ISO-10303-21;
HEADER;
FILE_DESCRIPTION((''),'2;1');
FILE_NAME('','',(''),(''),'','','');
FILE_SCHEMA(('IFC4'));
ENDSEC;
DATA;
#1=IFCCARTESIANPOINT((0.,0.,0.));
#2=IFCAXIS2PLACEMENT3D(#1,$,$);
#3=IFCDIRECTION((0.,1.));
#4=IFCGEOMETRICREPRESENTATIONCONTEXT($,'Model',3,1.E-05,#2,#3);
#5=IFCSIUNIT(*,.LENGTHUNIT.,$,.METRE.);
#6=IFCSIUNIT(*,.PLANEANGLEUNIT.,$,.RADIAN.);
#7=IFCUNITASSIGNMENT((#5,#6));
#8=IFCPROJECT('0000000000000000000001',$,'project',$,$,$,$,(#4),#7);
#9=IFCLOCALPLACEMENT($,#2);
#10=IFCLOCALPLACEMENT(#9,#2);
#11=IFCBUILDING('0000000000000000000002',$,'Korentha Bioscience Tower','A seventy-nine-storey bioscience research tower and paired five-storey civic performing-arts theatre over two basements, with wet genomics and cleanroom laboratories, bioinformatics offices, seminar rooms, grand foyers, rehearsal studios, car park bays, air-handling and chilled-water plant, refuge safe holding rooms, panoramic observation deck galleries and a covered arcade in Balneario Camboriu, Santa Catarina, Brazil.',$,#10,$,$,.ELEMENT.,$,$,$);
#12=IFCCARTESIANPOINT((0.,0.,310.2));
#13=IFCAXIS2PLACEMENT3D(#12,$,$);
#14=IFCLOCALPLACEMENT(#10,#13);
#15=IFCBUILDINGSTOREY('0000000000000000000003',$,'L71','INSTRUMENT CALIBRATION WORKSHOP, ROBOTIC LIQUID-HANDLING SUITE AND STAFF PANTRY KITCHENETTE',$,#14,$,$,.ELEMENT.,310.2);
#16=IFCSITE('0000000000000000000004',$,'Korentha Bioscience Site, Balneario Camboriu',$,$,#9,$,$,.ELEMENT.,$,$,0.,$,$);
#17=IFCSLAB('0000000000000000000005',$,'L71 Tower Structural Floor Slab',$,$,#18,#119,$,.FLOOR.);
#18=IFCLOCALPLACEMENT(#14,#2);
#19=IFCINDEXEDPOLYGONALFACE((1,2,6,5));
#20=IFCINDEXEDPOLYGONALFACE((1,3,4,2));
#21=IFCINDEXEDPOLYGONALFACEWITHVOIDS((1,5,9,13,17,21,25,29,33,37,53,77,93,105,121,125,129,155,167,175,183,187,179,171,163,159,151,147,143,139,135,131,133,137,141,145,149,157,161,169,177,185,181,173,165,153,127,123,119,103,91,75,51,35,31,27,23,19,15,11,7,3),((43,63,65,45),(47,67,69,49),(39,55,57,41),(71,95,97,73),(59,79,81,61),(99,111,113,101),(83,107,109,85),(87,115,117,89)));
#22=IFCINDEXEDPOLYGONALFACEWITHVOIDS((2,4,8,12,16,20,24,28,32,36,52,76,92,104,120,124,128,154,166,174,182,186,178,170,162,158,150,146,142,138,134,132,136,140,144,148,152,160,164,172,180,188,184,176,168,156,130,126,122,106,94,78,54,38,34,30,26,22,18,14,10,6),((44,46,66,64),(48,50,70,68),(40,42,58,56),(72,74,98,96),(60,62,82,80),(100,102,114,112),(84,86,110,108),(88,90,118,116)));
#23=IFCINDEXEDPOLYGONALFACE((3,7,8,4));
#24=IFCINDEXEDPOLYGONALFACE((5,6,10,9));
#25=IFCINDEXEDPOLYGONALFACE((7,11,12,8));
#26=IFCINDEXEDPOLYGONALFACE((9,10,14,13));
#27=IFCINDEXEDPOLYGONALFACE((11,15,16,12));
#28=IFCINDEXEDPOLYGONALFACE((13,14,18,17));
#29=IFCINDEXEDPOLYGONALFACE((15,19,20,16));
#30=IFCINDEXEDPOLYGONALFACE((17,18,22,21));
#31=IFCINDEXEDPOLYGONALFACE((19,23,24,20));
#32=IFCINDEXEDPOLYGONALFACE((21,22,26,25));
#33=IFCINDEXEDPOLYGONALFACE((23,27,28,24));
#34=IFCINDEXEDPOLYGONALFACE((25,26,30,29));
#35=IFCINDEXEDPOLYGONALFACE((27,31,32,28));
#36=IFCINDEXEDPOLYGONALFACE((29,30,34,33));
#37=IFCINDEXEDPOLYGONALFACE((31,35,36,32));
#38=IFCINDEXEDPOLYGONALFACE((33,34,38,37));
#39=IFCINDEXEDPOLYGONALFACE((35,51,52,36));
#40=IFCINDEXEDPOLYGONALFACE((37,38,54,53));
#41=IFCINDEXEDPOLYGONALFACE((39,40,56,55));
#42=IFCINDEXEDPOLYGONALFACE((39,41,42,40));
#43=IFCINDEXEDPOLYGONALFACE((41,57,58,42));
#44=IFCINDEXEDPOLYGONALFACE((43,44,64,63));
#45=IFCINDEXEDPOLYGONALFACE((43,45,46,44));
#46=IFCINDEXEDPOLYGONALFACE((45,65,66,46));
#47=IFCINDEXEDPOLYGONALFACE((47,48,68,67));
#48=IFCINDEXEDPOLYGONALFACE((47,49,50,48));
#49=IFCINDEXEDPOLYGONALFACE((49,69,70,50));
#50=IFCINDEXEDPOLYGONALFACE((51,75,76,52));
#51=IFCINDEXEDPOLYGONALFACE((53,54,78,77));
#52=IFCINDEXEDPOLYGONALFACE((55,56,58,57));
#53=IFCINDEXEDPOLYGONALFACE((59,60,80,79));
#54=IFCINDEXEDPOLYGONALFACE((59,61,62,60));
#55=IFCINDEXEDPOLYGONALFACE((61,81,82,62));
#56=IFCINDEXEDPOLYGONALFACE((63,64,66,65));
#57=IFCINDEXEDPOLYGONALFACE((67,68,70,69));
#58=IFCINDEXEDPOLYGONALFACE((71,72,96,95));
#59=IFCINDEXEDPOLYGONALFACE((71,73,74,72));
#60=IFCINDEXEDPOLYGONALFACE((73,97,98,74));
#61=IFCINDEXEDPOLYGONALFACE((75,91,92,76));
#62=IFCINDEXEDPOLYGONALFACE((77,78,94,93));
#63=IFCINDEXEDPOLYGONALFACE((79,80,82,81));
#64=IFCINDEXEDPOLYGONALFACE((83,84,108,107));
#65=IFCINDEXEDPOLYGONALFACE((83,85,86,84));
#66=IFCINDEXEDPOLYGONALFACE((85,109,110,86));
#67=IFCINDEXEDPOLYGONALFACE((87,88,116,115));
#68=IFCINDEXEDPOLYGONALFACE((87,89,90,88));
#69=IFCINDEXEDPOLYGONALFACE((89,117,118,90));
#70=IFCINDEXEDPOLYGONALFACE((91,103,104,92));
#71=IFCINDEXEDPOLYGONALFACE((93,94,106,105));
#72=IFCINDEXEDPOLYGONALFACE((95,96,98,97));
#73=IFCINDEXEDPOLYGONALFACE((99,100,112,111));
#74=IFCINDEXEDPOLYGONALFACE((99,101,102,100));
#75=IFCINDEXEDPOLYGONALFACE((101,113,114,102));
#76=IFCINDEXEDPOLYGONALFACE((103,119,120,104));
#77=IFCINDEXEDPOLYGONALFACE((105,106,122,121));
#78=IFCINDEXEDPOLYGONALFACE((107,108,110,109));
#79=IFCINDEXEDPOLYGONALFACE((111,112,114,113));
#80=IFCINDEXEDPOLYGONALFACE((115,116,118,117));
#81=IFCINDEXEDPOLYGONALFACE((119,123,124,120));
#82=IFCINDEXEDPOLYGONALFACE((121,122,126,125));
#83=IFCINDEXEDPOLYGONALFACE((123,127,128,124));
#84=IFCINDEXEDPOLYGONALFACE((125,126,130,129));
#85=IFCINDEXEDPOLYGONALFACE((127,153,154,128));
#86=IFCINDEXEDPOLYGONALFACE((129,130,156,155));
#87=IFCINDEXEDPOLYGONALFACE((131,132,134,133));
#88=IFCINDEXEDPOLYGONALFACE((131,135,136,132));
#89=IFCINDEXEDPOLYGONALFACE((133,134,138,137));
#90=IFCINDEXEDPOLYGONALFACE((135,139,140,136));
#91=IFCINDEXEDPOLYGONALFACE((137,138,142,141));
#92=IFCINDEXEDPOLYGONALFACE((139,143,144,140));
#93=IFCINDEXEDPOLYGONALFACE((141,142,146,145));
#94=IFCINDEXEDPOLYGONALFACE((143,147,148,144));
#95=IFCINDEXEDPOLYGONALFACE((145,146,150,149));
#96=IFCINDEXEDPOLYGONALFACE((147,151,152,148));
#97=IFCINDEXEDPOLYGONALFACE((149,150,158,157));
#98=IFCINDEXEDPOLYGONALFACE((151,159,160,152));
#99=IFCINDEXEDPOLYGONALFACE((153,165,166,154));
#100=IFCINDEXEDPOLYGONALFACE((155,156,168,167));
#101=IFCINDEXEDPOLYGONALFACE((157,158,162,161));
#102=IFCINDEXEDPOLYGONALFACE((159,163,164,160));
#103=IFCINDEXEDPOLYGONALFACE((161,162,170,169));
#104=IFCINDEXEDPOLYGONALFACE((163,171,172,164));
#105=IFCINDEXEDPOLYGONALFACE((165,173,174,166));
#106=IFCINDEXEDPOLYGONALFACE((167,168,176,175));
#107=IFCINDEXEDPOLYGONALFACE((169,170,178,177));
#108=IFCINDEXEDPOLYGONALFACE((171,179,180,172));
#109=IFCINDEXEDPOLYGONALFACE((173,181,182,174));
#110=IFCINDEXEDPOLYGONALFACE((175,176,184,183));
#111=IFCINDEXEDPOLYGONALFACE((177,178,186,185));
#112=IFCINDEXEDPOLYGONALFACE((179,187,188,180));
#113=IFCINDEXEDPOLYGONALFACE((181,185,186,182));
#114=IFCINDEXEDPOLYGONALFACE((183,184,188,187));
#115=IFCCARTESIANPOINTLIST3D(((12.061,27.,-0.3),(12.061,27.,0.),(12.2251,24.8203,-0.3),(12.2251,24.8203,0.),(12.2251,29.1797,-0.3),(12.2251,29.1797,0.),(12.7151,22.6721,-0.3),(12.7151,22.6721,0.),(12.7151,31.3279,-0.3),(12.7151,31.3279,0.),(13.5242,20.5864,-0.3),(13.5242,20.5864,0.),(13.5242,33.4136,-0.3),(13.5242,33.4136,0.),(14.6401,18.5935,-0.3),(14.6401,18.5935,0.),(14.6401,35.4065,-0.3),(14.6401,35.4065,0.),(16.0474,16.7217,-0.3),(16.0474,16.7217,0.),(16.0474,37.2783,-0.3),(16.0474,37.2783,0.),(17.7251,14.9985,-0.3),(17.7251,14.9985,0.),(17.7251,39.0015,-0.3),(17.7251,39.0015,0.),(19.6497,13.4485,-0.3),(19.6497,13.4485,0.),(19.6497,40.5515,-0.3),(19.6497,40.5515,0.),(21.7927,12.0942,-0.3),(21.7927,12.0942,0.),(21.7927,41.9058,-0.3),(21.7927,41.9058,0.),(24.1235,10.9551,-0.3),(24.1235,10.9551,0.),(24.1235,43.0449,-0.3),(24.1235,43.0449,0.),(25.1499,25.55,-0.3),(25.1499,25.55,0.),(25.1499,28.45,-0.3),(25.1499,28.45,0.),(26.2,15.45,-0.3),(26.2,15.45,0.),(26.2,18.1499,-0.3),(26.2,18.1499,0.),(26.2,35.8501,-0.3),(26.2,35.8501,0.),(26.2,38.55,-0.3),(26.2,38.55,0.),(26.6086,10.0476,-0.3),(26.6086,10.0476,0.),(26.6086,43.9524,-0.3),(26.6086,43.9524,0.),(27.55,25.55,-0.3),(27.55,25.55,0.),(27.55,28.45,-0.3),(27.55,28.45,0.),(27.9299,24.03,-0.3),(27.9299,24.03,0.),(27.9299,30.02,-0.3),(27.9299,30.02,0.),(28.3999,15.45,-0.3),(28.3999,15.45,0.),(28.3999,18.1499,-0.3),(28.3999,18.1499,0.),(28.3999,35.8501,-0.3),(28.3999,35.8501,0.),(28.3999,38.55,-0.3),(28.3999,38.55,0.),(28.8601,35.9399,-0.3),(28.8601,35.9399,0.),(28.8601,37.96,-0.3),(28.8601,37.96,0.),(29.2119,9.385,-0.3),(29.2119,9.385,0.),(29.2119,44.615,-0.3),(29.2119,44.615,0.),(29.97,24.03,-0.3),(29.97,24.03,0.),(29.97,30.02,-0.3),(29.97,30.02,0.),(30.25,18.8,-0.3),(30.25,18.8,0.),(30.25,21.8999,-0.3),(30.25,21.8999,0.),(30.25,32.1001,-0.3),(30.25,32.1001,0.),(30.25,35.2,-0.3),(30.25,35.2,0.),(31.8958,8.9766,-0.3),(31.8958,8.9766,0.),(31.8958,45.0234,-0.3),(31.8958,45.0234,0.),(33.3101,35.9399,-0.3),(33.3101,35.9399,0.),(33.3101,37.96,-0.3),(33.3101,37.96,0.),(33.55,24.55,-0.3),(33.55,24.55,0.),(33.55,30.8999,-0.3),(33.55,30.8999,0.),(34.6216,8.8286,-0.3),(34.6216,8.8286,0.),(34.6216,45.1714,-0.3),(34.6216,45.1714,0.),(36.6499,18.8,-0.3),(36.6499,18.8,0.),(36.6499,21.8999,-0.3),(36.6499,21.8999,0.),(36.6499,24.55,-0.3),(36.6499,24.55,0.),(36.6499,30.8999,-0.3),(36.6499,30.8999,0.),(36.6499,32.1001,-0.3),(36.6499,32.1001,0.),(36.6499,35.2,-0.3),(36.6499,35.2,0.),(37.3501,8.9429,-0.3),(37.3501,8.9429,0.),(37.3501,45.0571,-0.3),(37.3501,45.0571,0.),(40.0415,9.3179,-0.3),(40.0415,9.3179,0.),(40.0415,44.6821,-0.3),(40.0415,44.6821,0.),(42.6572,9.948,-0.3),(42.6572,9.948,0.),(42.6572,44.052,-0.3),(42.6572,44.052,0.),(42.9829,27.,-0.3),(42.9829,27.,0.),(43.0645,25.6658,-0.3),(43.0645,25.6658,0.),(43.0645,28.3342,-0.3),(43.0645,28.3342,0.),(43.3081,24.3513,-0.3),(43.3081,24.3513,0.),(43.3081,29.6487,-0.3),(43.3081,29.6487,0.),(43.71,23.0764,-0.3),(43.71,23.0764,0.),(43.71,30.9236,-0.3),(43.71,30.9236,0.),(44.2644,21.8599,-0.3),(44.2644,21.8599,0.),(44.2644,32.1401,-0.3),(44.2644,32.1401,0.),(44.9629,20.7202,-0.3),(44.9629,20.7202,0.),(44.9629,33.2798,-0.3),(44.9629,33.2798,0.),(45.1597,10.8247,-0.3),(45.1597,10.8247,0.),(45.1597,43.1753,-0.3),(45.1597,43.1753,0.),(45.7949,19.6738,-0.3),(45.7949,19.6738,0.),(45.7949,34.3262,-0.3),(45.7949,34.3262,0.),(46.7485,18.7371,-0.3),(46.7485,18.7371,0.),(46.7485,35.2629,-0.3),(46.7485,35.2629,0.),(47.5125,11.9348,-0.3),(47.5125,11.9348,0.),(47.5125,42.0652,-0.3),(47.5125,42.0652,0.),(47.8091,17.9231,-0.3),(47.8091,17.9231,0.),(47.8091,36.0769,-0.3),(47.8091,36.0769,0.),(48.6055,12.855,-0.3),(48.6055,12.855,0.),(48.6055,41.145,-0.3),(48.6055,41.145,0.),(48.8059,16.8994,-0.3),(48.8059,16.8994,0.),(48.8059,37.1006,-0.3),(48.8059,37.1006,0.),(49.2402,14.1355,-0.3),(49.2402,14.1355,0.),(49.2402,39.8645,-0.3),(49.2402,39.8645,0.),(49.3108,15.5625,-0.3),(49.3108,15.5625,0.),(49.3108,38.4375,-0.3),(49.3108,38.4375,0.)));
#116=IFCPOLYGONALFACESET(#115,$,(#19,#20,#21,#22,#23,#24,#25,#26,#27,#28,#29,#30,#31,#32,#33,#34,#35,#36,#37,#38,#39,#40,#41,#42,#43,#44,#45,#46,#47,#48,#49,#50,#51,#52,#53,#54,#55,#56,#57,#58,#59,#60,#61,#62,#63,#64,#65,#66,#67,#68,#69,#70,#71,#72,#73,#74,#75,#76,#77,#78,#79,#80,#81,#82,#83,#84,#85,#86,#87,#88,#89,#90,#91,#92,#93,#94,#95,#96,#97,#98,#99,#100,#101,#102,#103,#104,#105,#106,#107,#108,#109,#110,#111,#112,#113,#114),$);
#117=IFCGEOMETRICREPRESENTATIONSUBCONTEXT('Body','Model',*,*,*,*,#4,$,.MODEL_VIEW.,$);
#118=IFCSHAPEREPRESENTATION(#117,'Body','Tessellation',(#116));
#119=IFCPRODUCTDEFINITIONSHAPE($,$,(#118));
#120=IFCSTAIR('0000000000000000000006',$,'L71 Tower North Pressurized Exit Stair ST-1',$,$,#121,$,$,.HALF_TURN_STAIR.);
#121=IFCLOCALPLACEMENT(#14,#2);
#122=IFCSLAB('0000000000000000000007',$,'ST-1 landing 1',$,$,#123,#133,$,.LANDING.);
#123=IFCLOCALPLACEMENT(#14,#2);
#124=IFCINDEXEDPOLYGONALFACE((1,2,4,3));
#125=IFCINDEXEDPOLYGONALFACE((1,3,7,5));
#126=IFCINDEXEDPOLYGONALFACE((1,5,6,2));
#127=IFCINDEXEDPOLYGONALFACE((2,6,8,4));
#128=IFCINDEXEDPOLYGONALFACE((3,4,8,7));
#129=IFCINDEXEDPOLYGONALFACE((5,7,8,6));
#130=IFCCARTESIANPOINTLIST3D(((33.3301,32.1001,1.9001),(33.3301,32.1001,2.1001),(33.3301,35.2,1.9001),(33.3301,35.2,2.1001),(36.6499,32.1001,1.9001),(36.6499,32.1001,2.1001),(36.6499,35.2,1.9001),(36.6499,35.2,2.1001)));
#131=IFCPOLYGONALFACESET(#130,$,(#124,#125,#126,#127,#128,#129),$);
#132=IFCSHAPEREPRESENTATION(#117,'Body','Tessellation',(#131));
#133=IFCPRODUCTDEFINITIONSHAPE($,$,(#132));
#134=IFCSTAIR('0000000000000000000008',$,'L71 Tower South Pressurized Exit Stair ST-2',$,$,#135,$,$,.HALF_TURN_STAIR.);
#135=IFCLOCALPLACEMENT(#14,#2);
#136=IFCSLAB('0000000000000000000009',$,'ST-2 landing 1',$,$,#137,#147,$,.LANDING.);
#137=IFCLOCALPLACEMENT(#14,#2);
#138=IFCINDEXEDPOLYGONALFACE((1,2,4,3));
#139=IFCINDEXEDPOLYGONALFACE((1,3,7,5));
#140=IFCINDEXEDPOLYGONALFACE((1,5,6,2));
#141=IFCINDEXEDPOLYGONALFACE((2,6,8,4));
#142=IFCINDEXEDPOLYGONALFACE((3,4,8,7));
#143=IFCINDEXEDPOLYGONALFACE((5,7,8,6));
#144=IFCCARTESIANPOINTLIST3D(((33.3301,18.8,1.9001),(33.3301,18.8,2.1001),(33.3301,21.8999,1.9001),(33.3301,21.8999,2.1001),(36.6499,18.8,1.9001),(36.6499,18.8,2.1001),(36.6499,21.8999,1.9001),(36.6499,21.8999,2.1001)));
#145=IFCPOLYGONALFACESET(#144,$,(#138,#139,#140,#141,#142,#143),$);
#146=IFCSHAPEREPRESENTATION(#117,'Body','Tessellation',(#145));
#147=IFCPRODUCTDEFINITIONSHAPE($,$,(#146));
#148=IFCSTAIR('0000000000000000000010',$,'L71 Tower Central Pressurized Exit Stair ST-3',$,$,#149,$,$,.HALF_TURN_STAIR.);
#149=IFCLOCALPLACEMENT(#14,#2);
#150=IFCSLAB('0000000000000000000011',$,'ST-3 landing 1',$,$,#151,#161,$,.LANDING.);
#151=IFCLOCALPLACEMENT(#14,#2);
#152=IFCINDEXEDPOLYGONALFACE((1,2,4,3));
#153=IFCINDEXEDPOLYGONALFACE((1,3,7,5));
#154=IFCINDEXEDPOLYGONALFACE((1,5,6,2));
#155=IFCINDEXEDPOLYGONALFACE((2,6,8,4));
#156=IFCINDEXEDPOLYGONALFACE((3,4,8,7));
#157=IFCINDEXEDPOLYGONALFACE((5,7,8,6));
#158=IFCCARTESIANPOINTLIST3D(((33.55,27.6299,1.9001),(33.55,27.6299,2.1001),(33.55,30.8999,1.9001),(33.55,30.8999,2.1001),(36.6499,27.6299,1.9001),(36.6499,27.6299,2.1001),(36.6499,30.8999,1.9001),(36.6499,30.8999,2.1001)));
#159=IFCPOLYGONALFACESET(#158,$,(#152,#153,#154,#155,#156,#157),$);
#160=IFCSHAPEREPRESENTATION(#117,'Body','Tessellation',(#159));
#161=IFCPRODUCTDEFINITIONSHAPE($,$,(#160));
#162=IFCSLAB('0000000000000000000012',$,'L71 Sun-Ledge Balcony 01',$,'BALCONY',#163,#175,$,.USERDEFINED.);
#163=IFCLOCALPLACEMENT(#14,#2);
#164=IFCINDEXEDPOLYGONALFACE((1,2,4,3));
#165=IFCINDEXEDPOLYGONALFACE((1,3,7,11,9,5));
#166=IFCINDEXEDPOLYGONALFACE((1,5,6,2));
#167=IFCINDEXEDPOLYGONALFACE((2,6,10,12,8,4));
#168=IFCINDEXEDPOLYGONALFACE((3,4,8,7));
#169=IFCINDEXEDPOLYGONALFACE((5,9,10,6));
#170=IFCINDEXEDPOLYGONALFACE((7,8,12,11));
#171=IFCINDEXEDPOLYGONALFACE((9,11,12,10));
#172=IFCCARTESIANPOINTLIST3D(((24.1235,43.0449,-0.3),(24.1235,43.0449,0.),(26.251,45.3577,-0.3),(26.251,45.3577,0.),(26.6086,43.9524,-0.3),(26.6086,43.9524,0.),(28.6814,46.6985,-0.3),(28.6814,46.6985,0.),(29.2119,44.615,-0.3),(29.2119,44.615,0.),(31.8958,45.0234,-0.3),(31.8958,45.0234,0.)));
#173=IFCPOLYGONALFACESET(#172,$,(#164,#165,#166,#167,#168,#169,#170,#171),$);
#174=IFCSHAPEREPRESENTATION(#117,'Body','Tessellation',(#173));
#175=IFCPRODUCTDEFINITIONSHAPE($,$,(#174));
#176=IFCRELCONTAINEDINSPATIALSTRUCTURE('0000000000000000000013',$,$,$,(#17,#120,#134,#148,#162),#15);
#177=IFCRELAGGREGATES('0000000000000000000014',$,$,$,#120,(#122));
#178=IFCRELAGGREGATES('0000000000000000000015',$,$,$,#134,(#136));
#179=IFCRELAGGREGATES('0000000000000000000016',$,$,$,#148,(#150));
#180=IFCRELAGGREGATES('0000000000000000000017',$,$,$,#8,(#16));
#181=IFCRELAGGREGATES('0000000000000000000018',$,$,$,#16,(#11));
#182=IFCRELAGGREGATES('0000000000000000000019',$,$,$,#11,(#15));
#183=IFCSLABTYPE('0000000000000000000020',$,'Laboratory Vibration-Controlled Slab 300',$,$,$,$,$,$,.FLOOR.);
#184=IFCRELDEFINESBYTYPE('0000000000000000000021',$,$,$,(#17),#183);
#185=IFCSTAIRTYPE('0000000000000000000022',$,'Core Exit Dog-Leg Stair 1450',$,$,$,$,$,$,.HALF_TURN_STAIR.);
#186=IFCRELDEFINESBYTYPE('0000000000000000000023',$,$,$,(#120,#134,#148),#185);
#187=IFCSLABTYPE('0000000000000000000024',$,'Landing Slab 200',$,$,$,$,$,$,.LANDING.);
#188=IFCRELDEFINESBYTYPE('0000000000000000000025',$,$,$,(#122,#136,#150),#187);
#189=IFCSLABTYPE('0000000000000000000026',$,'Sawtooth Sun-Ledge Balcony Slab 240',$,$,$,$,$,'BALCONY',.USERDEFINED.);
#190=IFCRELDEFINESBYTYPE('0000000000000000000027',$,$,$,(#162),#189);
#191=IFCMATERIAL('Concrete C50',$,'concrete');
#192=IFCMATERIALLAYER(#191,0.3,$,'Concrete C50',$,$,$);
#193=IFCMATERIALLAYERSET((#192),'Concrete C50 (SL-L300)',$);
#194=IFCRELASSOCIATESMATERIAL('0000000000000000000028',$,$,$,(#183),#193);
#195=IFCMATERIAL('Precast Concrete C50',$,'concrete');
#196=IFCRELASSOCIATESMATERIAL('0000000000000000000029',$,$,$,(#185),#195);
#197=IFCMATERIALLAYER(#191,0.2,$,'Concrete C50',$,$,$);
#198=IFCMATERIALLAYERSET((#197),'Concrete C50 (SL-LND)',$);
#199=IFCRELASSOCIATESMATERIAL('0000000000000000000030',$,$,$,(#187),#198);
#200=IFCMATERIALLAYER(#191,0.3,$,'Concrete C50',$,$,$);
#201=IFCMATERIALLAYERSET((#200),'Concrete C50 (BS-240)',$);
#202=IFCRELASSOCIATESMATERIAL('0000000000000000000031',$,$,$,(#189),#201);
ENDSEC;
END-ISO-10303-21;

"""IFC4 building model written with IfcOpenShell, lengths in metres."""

from ifc_helpers import new_model, si_unit, direction, frame, origin, place, context, subcontext, project, spatial, polyline, outline, extrude, material, layer, layer_set, type_object, element, aggregate, save


model = new_model("IFC4")

# Units and contexts
model_context = context("Model", 3, precision=1e-05, world=origin(), true_north=direction((0.0, 1.0)))
body_context = subcontext(model_context, "Body", "Model", "MODEL_VIEW")
ifc_project = project(units=[si_unit("LENGTHUNIT", "METRE"), si_unit("PLANEANGLEUNIT", "RADIAN")], contexts=[model_context])

# Site, building, storey
site_placement = place(None, origin())
site = spatial("IfcSite", under=ifc_project, at=site_placement, Name="Korentha Bioscience Site, Balneario Camboriu", CompositionType="ELEMENT", RefElevation=0.0)
building_placement = place(site_placement, origin())
building = spatial("IfcBuilding", under=site, at=building_placement, Name="Korentha Bioscience Tower", Description="A seventy-nine-storey bioscience research tower and paired five-storey civic performing-arts theatre over two basements, with wet genomics and cleanroom laboratories, bioinformatics offices, seminar rooms, grand foyers, rehearsal studios, car park bays, air-handling and chilled-water plant, refuge safe holding rooms, panoramic observation deck galleries and a covered arcade in Balneario Camboriu, Santa Catarina, Brazil.", CompositionType="ELEMENT")
storey_placement = place(building_placement, frame((0.0, 0.0, 310.2)))
storey = spatial("IfcBuildingStorey", under=building, at=storey_placement, Name="L71", Description="INSTRUMENT CALIBRATION WORKSHOP, ROBOTIC LIQUID-HANDLING SUITE AND STAFF PANTRY KITCHENETTE", CompositionType="ELEMENT", Elevation=310.2)

# Shared definitions
ifc_material_1 = material(Name="Concrete C50", Category="concrete")

# Slab
ifc_layer_1 = layer(ifc_material_1, 0.3, Name="Concrete C50")
ifc_layer_set_1 = layer_set([ifc_layer_1], Name="Concrete C50 (SL-L300)")
slab_type_1 = type_object("IfcSlabType", Name="Laboratory Vibration-Controlled Slab 300", PredefinedType="FLOOR", material=ifc_layer_set_1)
slab_1_placement = place(storey_placement, frame((0.0, 0.0, -0.3)))
element("IfcSlab", 1, at=slab_1_placement, inside=storey, type_object=slab_type_1, Name="L71 Tower Structural Floor Slab", PredefinedType="FLOOR", context=body_context, shape_type="SweptSolid", body=[
    extrude(outline(polyline([(47.5125, 42.0652), (45.1597, 43.1753), (42.6572, 44.052), (40.0415, 44.6821), (37.3501, 45.0571), (34.6216, 45.1714), (31.8958, 45.0234), (29.2119, 44.615), (26.6086, 43.9524), (24.1235, 43.0449), (21.7927, 41.9058), (19.6497, 40.5515), (17.7251, 39.0015), (16.0474, 37.2783), (14.6401, 35.4065), (13.5242, 33.4136), (12.7151, 31.3279), (12.2251, 29.1797), (12.061, 27.0), (12.2251, 24.8203), (12.7151, 22.6721), (13.5242, 20.5864), (14.6401, 18.5935), (16.0474, 16.7217), (17.7251, 14.9985), (19.6497, 13.4485), (21.7927, 12.0942), (24.1235, 10.9551), (26.6086, 10.0476), (29.2119, 9.385), (31.8958, 8.9766), (34.6216, 8.8286), (37.3501, 8.9429), (40.0415, 9.3179), (42.6572, 9.948), (45.1597, 10.8247), (47.5125, 11.9348), (48.6055, 12.855), (49.2402, 14.1355), (49.3108, 15.5625), (48.8059, 16.8994), (47.8091, 17.9231), (46.7485, 18.7371), (45.7949, 19.6738), (44.9629, 20.7202), (44.2644, 21.8599), (43.71, 23.0764), (43.3081, 24.3513), (43.0645, 25.6658), (42.9829, 27.0), (43.0645, 28.3342), (43.3081, 29.6487), (43.71, 30.9236), (44.2644, 32.1401), (44.9629, 33.2798), (45.7949, 34.3262), (46.7485, 35.2629), (47.8091, 36.0769), (48.8059, 37.1006), (49.3108, 38.4375), (49.2402, 39.8645), (48.6055, 41.145), (47.5125, 42.0652)]), holes=[polyline([(30.25, 32.1001), (36.6499, 32.1001), (36.6499, 35.2), (30.25, 35.2), (30.25, 32.1001)]), polyline([(30.25, 18.8), (36.6499, 18.8), (36.6499, 21.8999), (30.25, 21.8999), (30.25, 18.8)]), polyline([(36.6499, 24.55), (36.6499, 30.8999), (33.55, 30.8999), (33.55, 24.55), (36.6499, 24.55)]), polyline([(27.9299, 24.03), (29.97, 24.03), (29.97, 30.02), (27.9299, 30.02), (27.9299, 24.03)]), polyline([(28.8601, 35.9399), (33.3101, 35.9399), (33.3101, 37.96), (28.8601, 37.96), (28.8601, 35.9399)]), polyline([(26.2, 15.45), (28.3999, 15.45), (28.3999, 18.1499), (26.2, 18.1499), (26.2, 15.45)]), polyline([(26.2, 35.8501), (28.3999, 35.8501), (28.3999, 38.55), (26.2, 38.55), (26.2, 35.8501)]), polyline([(25.1499, 25.55), (27.55, 25.55), (27.55, 28.45), (25.1499, 28.45), (25.1499, 25.55)])]), origin(), (0.0, 0.0, 1.0), 0.3),
])

# Stairs, slabs
ifc_material_2 = material(Name="Precast Concrete C50", Category="concrete")
stair_type = type_object("IfcStairType", Name="Core Exit Dog-Leg Stair 1450", PredefinedType="HALF_TURN_STAIR", material=ifc_material_2)
stair_1_placement = place(storey_placement, origin())
stair_1 = element("IfcStair", 2, at=stair_1_placement, inside=storey, type_object=stair_type, Name="L71 Tower North Pressurized Exit Stair ST-1", PredefinedType="HALF_TURN_STAIR")
ifc_layer_2 = layer(ifc_material_1, 0.2, Name="Concrete C50")
ifc_layer_set_2 = layer_set([ifc_layer_2], Name="Concrete C50 (SL-LND)")
slab_type_2 = type_object("IfcSlabType", Name="Landing Slab 200", PredefinedType="LANDING", material=ifc_layer_set_2)
slab_2_placement = place(storey_placement, frame((0.0, 0.0, 1.9001)))
slab_2 = element("IfcSlab", 3, at=slab_2_placement, type_object=slab_type_2, Name="ST-1 landing 1", PredefinedType="LANDING", context=body_context, shape_type="SweptSolid", body=[
    extrude(outline(polyline([(33.3301, 32.1001), (36.6499, 32.1001), (36.6499, 35.2), (33.3301, 35.2), (33.3301, 32.1001)])), origin(), (0.0, 0.0, 1.0), 0.2),
])
aggregate(stair_1, [slab_2])
stair_2_placement = place(storey_placement, origin())
stair_2 = element("IfcStair", 4, at=stair_2_placement, inside=storey, type_object=stair_type, Name="L71 Tower South Pressurized Exit Stair ST-2", PredefinedType="HALF_TURN_STAIR")
slab_3_placement = place(storey_placement, frame((0.0, 0.0, 1.9001)))
slab_3 = element("IfcSlab", 5, at=slab_3_placement, type_object=slab_type_2, Name="ST-2 landing 1", PredefinedType="LANDING", context=body_context, shape_type="SweptSolid", body=[
    extrude(outline(polyline([(33.3301, 18.8), (36.6499, 18.8), (36.6499, 21.8999), (33.3301, 21.8999), (33.3301, 18.8)])), origin(), (0.0, 0.0, 1.0), 0.2),
])
aggregate(stair_2, [slab_3])
stair_3_placement = place(storey_placement, origin())
stair_3 = element("IfcStair", 6, at=stair_3_placement, inside=storey, type_object=stair_type, Name="L71 Tower Central Pressurized Exit Stair ST-3", PredefinedType="HALF_TURN_STAIR")
slab_4_placement = place(storey_placement, frame((0.0, 0.0, 1.9001)))
slab_4 = element("IfcSlab", 7, at=slab_4_placement, type_object=slab_type_2, Name="ST-3 landing 1", PredefinedType="LANDING", context=body_context, shape_type="SweptSolid", body=[
    extrude(outline(polyline([(36.6499, 27.6299), (36.6499, 30.8999), (33.55, 30.8999), (33.55, 27.6299), (36.6499, 27.6299)])), origin(), (0.0, 0.0, 1.0), 0.2),
])
aggregate(stair_3, [slab_4])

# Slab
ifc_layer_3 = layer(ifc_material_1, 0.3, Name="Concrete C50")
ifc_layer_set_3 = layer_set([ifc_layer_3], Name="Concrete C50 (BS-240)")
slab_type_3 = type_object("IfcSlabType", Name="Sawtooth Sun-Ledge Balcony Slab 240", ElementType="BALCONY", PredefinedType="USERDEFINED", material=ifc_layer_set_3)
slab_5_placement = place(storey_placement, frame((0.0, 0.0, -0.3)))
element("IfcSlab", 8, at=slab_5_placement, inside=storey, type_object=slab_type_3, Name="L71 Sun-Ledge Balcony 01", ObjectType="BALCONY", PredefinedType="USERDEFINED", context=body_context, shape_type="SweptSolid", body=[
    extrude(outline(polyline([(24.1235, 43.0449), (26.6086, 43.9524), (29.2119, 44.615), (31.8958, 45.0234), (28.6814, 46.6985), (26.251, 45.3577), (24.1235, 43.0449)])), origin(), (0.0, 0.0, 1.0), 0.3),
])

save(model, "model.ifc")
